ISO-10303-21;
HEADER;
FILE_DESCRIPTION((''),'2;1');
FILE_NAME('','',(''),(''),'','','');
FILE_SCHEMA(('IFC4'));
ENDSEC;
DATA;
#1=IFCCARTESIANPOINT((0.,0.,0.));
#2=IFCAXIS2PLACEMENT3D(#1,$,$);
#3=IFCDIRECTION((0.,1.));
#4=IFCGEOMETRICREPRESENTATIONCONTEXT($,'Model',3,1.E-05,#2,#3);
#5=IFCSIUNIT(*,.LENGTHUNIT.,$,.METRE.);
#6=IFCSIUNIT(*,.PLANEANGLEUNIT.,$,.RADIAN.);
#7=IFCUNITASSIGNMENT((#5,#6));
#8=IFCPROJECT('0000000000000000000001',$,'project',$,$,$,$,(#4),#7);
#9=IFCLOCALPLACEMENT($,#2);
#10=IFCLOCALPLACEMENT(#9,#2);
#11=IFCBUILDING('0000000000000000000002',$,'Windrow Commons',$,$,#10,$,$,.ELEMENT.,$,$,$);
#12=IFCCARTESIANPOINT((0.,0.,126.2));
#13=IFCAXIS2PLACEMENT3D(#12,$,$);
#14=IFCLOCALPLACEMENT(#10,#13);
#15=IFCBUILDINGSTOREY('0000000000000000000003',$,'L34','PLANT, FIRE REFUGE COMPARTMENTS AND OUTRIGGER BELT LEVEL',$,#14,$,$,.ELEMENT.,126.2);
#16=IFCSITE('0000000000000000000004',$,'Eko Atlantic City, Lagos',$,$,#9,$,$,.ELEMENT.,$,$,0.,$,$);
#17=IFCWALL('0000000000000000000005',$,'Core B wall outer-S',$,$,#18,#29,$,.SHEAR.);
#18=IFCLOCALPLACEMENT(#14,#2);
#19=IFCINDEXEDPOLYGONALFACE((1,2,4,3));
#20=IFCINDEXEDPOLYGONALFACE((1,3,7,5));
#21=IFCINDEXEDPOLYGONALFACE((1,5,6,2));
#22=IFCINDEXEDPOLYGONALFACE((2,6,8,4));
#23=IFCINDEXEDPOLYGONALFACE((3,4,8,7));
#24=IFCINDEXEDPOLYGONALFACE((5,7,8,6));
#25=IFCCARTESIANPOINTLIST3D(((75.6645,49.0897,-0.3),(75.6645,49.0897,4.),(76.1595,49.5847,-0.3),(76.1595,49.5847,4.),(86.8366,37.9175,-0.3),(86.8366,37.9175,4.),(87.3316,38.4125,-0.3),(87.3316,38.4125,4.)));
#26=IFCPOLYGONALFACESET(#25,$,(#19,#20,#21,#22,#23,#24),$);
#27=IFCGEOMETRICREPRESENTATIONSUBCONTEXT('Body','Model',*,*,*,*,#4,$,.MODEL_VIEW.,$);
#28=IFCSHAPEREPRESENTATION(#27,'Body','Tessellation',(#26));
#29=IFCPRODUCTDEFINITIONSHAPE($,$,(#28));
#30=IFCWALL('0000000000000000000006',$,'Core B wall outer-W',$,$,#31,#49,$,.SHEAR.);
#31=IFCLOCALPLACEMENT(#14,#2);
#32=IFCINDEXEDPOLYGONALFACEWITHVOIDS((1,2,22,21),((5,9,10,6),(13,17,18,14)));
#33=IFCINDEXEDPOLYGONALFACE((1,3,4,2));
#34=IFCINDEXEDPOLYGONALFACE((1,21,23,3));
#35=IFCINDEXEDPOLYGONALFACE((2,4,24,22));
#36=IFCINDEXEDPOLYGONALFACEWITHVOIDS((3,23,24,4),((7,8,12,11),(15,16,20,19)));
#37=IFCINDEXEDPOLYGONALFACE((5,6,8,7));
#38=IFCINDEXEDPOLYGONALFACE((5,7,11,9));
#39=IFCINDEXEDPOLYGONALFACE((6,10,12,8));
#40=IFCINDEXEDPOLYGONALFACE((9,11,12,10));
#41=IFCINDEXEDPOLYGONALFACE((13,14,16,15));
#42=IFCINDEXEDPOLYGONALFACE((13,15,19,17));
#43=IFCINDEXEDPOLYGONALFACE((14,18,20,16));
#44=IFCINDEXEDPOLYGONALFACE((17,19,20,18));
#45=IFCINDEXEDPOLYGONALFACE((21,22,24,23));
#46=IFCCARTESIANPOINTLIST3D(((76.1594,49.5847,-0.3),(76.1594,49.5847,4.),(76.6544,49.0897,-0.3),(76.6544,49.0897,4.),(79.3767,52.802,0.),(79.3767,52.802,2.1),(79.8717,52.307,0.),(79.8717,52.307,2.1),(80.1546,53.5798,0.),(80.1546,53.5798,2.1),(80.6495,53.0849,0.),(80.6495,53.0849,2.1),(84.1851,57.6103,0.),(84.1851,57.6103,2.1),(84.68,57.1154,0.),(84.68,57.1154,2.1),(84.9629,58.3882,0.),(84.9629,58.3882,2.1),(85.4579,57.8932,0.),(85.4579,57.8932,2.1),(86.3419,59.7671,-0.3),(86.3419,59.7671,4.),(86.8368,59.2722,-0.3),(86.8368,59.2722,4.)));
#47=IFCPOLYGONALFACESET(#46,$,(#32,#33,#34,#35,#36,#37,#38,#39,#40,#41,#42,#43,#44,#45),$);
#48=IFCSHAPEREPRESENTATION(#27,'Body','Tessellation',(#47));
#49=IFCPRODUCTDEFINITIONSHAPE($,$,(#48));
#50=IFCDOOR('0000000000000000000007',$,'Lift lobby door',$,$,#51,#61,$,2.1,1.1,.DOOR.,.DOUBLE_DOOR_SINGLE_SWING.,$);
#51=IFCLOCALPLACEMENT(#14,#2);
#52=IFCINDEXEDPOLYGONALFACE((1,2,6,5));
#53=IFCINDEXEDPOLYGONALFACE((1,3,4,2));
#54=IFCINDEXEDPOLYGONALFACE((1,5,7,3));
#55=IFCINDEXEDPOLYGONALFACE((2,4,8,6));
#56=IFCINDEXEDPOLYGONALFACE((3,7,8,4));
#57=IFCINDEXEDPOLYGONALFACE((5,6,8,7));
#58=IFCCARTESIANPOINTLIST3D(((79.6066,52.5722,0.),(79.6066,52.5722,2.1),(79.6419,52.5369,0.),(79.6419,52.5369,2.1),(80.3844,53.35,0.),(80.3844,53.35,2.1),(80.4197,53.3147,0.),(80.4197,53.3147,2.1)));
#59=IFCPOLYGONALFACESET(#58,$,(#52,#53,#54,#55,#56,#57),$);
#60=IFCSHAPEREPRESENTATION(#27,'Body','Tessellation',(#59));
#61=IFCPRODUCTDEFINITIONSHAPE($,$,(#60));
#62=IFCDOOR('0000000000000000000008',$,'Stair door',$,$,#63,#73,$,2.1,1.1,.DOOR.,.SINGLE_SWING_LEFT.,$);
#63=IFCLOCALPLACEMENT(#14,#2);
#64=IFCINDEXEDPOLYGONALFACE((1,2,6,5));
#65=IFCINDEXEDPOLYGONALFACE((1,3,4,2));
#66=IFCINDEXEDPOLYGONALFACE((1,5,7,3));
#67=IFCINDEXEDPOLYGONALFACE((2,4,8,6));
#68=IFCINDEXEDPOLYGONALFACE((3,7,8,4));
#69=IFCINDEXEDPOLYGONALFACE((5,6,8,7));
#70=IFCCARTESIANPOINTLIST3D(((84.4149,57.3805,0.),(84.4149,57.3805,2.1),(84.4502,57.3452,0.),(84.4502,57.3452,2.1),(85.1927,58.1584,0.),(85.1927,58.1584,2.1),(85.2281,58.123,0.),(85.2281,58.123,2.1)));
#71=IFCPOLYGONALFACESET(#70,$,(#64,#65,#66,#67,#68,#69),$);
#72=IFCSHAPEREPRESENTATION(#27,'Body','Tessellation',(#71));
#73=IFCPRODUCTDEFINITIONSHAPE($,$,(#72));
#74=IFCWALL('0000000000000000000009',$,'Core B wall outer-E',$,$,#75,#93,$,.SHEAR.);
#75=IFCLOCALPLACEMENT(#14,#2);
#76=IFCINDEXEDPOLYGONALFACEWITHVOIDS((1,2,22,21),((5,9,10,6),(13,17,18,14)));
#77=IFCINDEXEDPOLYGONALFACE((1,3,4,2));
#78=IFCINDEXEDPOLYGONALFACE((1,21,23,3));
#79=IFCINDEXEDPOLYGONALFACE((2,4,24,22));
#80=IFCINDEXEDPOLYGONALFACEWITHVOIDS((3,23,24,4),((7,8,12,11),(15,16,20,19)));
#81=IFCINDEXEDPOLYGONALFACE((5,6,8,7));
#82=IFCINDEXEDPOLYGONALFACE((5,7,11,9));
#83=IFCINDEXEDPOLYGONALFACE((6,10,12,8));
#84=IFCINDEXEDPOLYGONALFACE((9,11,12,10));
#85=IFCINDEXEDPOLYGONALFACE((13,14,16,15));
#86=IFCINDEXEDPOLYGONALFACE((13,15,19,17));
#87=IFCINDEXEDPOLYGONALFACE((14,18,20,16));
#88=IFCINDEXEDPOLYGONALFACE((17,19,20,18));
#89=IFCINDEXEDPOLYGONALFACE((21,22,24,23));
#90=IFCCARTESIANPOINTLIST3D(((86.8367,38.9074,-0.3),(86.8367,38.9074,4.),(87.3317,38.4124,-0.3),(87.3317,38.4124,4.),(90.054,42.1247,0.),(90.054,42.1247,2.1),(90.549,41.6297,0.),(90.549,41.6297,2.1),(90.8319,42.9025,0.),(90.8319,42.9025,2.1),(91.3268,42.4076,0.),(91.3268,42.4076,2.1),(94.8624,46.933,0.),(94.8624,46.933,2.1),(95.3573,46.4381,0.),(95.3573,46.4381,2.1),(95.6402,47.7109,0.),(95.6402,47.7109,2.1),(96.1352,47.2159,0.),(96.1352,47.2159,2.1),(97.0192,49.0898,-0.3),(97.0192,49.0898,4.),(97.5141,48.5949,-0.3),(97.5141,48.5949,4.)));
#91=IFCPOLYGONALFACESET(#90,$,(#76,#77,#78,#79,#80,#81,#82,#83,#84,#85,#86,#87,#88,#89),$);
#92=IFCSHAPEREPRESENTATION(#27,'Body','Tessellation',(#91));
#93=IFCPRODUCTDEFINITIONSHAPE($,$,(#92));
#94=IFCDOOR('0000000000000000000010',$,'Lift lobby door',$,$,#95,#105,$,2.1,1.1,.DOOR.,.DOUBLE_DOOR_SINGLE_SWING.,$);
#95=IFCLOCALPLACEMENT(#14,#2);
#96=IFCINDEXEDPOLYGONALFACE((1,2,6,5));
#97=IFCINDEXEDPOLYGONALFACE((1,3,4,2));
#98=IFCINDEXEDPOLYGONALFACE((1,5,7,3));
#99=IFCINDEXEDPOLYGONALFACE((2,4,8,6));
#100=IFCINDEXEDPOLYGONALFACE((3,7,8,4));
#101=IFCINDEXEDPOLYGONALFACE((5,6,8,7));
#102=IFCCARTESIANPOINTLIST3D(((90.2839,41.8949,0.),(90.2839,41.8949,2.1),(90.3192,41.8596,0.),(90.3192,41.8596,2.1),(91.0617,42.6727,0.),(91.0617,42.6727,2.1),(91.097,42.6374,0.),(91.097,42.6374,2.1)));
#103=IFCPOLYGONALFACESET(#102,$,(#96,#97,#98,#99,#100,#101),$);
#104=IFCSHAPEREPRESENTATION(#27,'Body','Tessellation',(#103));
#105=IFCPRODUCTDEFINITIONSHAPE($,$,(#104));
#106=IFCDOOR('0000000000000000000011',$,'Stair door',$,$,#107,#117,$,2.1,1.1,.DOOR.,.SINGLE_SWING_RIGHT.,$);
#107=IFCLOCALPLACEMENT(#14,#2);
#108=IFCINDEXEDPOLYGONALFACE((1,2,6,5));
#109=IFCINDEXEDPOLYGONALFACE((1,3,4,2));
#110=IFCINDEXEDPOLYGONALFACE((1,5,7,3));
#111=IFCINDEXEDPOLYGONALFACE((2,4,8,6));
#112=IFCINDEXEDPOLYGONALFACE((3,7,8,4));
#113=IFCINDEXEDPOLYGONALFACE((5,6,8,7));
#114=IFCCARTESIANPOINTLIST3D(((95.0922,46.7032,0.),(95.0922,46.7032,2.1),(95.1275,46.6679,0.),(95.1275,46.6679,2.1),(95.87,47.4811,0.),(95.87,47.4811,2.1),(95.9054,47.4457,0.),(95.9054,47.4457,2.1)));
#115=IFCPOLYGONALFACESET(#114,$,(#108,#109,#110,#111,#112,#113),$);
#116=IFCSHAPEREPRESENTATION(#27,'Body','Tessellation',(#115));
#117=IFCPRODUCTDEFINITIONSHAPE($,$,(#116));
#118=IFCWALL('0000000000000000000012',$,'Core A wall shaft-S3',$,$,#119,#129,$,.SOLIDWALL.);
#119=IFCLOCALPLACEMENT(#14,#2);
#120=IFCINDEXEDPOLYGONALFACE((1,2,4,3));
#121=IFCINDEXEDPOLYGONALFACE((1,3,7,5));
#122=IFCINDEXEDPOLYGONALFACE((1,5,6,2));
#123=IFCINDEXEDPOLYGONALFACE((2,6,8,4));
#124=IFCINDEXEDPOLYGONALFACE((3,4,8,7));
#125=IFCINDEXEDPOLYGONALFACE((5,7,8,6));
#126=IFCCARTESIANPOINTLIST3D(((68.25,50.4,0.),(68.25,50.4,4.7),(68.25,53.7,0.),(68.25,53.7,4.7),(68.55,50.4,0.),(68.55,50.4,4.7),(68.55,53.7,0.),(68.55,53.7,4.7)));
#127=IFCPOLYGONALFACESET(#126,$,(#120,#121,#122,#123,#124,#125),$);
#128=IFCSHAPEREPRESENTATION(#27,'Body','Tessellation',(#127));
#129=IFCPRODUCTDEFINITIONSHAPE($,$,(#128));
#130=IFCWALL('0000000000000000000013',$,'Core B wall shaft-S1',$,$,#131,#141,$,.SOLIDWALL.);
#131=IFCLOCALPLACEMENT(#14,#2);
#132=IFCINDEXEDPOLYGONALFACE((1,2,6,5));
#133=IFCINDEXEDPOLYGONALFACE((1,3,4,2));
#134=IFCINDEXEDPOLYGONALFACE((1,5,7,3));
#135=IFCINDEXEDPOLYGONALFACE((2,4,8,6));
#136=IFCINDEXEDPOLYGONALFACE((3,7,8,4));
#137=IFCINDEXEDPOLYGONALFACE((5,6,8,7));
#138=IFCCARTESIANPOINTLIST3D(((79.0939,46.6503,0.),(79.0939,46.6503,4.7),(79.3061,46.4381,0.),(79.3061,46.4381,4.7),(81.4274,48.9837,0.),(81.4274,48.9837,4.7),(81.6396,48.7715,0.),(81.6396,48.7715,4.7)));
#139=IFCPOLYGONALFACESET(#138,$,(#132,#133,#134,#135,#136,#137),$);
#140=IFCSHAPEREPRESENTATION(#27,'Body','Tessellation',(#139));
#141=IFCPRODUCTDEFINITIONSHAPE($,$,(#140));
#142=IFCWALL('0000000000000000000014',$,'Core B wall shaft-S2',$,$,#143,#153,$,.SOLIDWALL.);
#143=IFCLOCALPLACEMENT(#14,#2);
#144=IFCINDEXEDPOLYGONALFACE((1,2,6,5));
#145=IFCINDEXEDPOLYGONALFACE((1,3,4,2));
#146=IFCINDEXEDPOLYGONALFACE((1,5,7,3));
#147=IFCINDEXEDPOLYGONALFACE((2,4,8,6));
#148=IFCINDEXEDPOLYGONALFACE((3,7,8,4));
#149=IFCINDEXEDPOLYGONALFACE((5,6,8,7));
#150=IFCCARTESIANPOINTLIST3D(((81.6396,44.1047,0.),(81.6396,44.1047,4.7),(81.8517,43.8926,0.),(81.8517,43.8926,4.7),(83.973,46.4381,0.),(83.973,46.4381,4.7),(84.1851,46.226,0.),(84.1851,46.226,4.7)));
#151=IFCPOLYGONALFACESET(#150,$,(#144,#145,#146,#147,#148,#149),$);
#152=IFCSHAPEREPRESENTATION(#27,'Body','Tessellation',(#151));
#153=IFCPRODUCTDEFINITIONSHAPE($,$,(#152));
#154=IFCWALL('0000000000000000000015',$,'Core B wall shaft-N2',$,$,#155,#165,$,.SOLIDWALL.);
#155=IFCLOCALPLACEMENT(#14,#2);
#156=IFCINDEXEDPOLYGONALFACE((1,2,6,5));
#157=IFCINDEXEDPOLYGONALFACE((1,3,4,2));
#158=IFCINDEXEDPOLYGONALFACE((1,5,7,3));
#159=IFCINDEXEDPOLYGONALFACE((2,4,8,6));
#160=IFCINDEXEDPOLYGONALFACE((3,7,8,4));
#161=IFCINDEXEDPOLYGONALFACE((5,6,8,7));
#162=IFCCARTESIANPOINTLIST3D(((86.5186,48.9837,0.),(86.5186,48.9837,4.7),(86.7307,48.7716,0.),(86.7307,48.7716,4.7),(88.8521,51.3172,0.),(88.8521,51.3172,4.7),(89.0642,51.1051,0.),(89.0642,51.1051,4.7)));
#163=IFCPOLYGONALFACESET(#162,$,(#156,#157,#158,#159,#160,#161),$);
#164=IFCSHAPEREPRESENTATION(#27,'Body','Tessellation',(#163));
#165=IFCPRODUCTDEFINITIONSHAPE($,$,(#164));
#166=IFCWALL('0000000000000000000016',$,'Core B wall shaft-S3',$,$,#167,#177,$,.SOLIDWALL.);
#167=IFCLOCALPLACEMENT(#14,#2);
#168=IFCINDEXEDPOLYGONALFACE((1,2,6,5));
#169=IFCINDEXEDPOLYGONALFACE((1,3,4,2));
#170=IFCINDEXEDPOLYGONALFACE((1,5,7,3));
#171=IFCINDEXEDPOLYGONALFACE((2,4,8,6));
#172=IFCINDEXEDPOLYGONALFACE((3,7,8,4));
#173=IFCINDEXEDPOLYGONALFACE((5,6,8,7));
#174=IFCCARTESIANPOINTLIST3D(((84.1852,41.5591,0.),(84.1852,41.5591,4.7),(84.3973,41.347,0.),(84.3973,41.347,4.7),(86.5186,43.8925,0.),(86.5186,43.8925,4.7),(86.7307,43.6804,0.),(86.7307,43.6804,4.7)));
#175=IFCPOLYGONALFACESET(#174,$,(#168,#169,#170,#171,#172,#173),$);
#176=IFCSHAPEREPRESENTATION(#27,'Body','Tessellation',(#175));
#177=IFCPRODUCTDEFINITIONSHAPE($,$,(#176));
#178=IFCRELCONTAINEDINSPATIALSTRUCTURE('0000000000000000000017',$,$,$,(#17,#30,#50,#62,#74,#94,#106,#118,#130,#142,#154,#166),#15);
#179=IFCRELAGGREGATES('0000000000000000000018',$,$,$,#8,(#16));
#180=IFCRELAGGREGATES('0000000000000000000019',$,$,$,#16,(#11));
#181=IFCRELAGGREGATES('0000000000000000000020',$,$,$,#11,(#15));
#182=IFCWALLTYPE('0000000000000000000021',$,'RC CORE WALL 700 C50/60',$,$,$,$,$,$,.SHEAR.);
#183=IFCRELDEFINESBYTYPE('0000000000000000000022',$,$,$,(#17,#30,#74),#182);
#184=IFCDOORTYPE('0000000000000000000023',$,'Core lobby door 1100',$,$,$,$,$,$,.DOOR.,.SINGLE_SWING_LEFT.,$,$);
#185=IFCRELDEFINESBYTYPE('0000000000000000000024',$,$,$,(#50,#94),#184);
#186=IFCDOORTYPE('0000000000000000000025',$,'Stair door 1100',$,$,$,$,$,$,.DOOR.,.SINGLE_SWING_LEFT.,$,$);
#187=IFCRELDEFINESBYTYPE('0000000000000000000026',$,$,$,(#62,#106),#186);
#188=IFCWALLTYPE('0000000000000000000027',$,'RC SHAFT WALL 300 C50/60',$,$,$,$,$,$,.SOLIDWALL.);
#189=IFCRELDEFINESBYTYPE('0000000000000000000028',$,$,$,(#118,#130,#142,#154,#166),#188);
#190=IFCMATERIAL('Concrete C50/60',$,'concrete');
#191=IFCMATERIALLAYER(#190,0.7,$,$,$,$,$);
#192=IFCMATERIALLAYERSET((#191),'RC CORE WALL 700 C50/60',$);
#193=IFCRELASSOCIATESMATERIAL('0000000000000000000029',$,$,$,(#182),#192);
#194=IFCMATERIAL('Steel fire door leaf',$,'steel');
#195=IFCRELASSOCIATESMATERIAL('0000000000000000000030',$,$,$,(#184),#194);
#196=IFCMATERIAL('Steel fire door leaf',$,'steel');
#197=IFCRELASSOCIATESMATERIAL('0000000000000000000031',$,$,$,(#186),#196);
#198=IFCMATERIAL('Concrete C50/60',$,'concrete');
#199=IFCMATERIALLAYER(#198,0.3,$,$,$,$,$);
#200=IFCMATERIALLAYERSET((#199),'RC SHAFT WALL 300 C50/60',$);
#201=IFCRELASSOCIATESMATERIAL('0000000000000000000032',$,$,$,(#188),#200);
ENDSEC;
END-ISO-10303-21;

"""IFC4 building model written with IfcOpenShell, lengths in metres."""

from ifc_helpers import new_model, si_unit, direction, frame, frame_2d, origin, place, context, subcontext, project, spatial, rectangle, extrude, material, layer, layer_set, type_object, element, fill, save


model = new_model("IFC4")

# Units and contexts
model_context = context("Model", 3, precision=1e-05, world=origin(), true_north=direction((0.0, 1.0)))
body_context = subcontext(model_context, "Body", "Model", "MODEL_VIEW")
ifc_project = project(units=[si_unit("LENGTHUNIT", "METRE"), si_unit("PLANEANGLEUNIT", "RADIAN")], contexts=[model_context])

# Site, building, storey
site_placement = place(None, origin())
site = spatial("IfcSite", under=ifc_project, at=site_placement, Name="Eko Atlantic City, Lagos", CompositionType="ELEMENT", RefElevation=0.0)
building_placement = place(site_placement, origin())
building = spatial("IfcBuilding", under=site, at=building_placement, Name="Windrow Commons", CompositionType="ELEMENT")
storey_placement = place(building_placement, frame((0.0, 0.0, 126.2)))
storey = spatial("IfcBuildingStorey", under=building, at=storey_placement, Name="L34", Description="PLANT, FIRE REFUGE COMPARTMENTS AND OUTRIGGER BELT LEVEL", CompositionType="ELEMENT", Elevation=126.2)

# Wall
ifc_material_1 = material(Name="Concrete C50/60", Category="concrete")
ifc_layer_1 = layer(ifc_material_1, 0.7)
ifc_layer_set_1 = layer_set([ifc_layer_1], Name="RC CORE WALL 700 C50/60")
wall_type_1 = type_object("IfcWallType", Name="RC CORE WALL 700 C50/60", PredefinedType="SHEAR", material=ifc_layer_set_1)
wall_1_placement = place(storey_placement, frame((75.912, 49.3372, -0.3), z_axis=(0.0, 0.0, 1.0), x_axis=(0.707104, -0.70711, 0.0)))
element("IfcWall", 1, at=wall_1_placement, inside=storey, type_object=wall_type_1, Name="Core B wall outer-S", PredefinedType="SHEAR", context=body_context, shape_type="SweptSolid", body=[
    extrude(rectangle(XDim=15.7999, YDim=0.7, at=frame_2d((7.8999, 0.0))), origin(), (0.0, 0.0, 1.0), 4.3),
])

# Walls, openings, doors
wall_2_placement = place(storey_placement, frame((76.4069, 49.3372, -0.3), z_axis=(0.0, 0.0, 1.0), x_axis=(0.707107, 0.707107, 0.0)))
wall_2 = element("IfcWall", 2, at=wall_2_placement, inside=storey, type_object=wall_type_1, Name="Core B wall outer-W", PredefinedType="SHEAR", context=body_context, shape_type="SweptSolid", body=[
    extrude(rectangle(XDim=14.4001, YDim=0.7, at=frame_2d((7.2001, 0.0))), origin(), (0.0, 0.0, 1.0), 4.3),
])
opening_1_placement = place(wall_2_placement, frame((4.55, 0.0, 0.3)))
opening_1 = element("IfcOpeningElement", 3, at=opening_1_placement, cuts=wall_2, PredefinedType="OPENING", context=body_context, shape_type="SweptSolid", body=[
    extrude(rectangle(XDim=1.1, YDim=2.1, at=frame_2d((0.55, 1.05))), frame((0.0, 0.36, 0.0), z_axis=(0.0, -1.0, 0.0), x_axis=(1.0, 0.0, 0.0)), (0.0, 0.0, 1.0), 0.72),
])
opening_2_placement = place(wall_2_placement, frame((11.35, 0.0, 0.3)))
opening_2 = element("IfcOpeningElement", 4, at=opening_2_placement, cuts=wall_2, PredefinedType="OPENING", context=body_context, shape_type="SweptSolid", body=[
    extrude(rectangle(XDim=1.1, YDim=2.1, at=frame_2d((0.55, 1.05))), frame((0.0, 0.36, 0.0), z_axis=(0.0, -1.0, 0.0), x_axis=(1.0, 0.0, 0.0)), (0.0, 0.0, 1.0), 0.72),
])
ifc_material_2 = material(Name="Steel fire door leaf", Category="steel")
door_type_1 = type_object("IfcDoorType", Name="Core lobby door 1100", OperationType="SINGLE_SWING_LEFT", PredefinedType="DOOR", material=ifc_material_2)
door_1_placement = place(opening_1_placement, origin())
door_1 = element("IfcDoor", 5, at=door_1_placement, inside=storey, type_object=door_type_1, Name="Lift lobby door", OperationType="DOUBLE_DOOR_SINGLE_SWING", OverallHeight=2.1, OverallWidth=1.1, PredefinedType="DOOR", context=body_context, shape_type="SweptSolid", body=[
    extrude(rectangle(XDim=1.1, YDim=2.1, at=frame_2d((0.55, 1.05))), frame((0.0, 0.025, 0.0), z_axis=(0.0, -1.0, 0.0), x_axis=(1.0, 0.0, 0.0)), (0.0, 0.0, 1.0), 0.05),
])
fill(opening_1, door_1)
ifc_material_3 = material(Name="Steel fire door leaf", Category="steel")
door_type_2 = type_object("IfcDoorType", Name="Stair door 1100", OperationType="SINGLE_SWING_LEFT", PredefinedType="DOOR", material=ifc_material_3)
door_2_placement = place(opening_2_placement, origin())
door_2 = element("IfcDoor", 6, at=door_2_placement, inside=storey, type_object=door_type_2, Name="Stair door", OperationType="SINGLE_SWING_LEFT", OverallHeight=2.1, OverallWidth=1.1, PredefinedType="DOOR", context=body_context, shape_type="SweptSolid", body=[
    extrude(rectangle(XDim=1.1, YDim=2.1, at=frame_2d((0.55, 1.05))), frame((0.0, 0.025, 0.0), z_axis=(0.0, -1.0, 0.0), x_axis=(1.0, 0.0, 0.0)), (0.0, 0.0, 1.0), 0.05),
])
fill(opening_2, door_2)
wall_3_placement = place(storey_placement, frame((87.0842, 38.6599, -0.3), z_axis=(0.0, 0.0, 1.0), x_axis=(0.707107, 0.707107, 0.0)))
wall_3 = element("IfcWall", 7, at=wall_3_placement, inside=storey, type_object=wall_type_1, Name="Core B wall outer-E", PredefinedType="SHEAR", context=body_context, shape_type="SweptSolid", body=[
    extrude(rectangle(XDim=14.4001, YDim=0.7, at=frame_2d((7.2001, 0.0))), origin(), (0.0, 0.0, 1.0), 4.3),
])
opening_3_placement = place(wall_3_placement, frame((4.55, 0.0, 0.3)))
opening_3 = element("IfcOpeningElement", 8, at=opening_3_placement, cuts=wall_3, PredefinedType="OPENING", context=body_context, shape_type="SweptSolid", body=[
    extrude(rectangle(XDim=1.1, YDim=2.1, at=frame_2d((0.55, 1.05))), frame((0.0, 0.36, 0.0), z_axis=(0.0, -1.0, 0.0), x_axis=(1.0, 0.0, 0.0)), (0.0, 0.0, 1.0), 0.72),
])
opening_4_placement = place(wall_3_placement, frame((11.35, 0.0, 0.3)))
opening_4 = element("IfcOpeningElement", 9, at=opening_4_placement, cuts=wall_3, PredefinedType="OPENING", context=body_context, shape_type="SweptSolid", body=[
    extrude(rectangle(XDim=1.1, YDim=2.1, at=frame_2d((0.55, 1.05))), frame((0.0, 0.36, 0.0), z_axis=(0.0, -1.0, 0.0), x_axis=(1.0, 0.0, 0.0)), (0.0, 0.0, 1.0), 0.72),
])
door_3_placement = place(opening_3_placement, origin())
door_3 = element("IfcDoor", 10, at=door_3_placement, inside=storey, type_object=door_type_1, Name="Lift lobby door", OperationType="DOUBLE_DOOR_SINGLE_SWING", OverallHeight=2.1, OverallWidth=1.1, PredefinedType="DOOR", context=body_context, shape_type="SweptSolid", body=[
    extrude(rectangle(XDim=1.1, YDim=2.1, at=frame_2d((0.55, 1.05))), frame((0.0, 0.025, 0.0), z_axis=(0.0, -1.0, 0.0), x_axis=(1.0, 0.0, 0.0)), (0.0, 0.0, 1.0), 0.05),
])
fill(opening_3, door_3)
door_4_placement = place(opening_4_placement, origin())
door_4 = element("IfcDoor", 11, at=door_4_placement, inside=storey, type_object=door_type_2, Name="Stair door", OperationType="SINGLE_SWING_RIGHT", OverallHeight=2.1, OverallWidth=1.1, PredefinedType="DOOR", context=body_context, shape_type="SweptSolid", body=[
    extrude(rectangle(XDim=1.1, YDim=2.1, at=frame_2d((0.55, 1.05))), frame((0.0, 0.025, 0.0), z_axis=(0.0, -1.0, 0.0), x_axis=(1.0, 0.0, 0.0)), (0.0, 0.0, 1.0), 0.05),
])
fill(opening_4, door_4)

# Walls
ifc_material_4 = material(Name="Concrete C50/60", Category="concrete")
ifc_layer_2 = layer(ifc_material_4, 0.3)
ifc_layer_set_2 = layer_set([ifc_layer_2], Name="RC SHAFT WALL 300 C50/60")
wall_type_2 = type_object("IfcWallType", Name="RC SHAFT WALL 300 C50/60", PredefinedType="SOLIDWALL", material=ifc_layer_set_2)
for number, where, z_axis, x_axis, name in (
    (12, (68.4, 50.4, 0.0), (0.0, 0.0, 1.0), (0.0, 1.0, 0.0), "Core A wall shaft-S3"),
    (13, (79.2, 46.5442, 0.0), (0.0, 0.0, 1.0), (0.707122, 0.707092, 0.0), "Core B wall shaft-S1"),
):
    element("IfcWall", number, at=place(storey_placement, frame(where, z_axis=z_axis, x_axis=x_axis)), inside=storey, type_object=wall_type_2, Name=name, PredefinedType="SOLIDWALL", context=body_context, shape_type="SweptSolid", body=[
        extrude(rectangle(XDim=3.3, YDim=0.3, at=frame_2d((1.65, 0.0))), origin(), (0.0, 0.0, 1.0), 4.7),
    ])
wall_4_placement = place(storey_placement, frame((81.7456, 43.9986, 0.0), z_axis=(0.0, 0.0, 1.0), x_axis=(0.707107, 0.707107, 0.0)))
element("IfcWall", 14, at=wall_4_placement, inside=storey, type_object=wall_type_2, Name="Core B wall shaft-S2", PredefinedType="SOLIDWALL", context=body_context, shape_type="SweptSolid", body=[
    extrude(rectangle(XDim=3.2999, YDim=0.3, at=frame_2d((1.65, 0.0))), origin(), (0.0, 0.0, 1.0), 4.7),
])
wall_5_placement = place(storey_placement, frame((86.6246, 48.8776, 0.0), z_axis=(0.0, 0.0, 1.0), x_axis=(0.707107, 0.707107, 0.0)))
element("IfcWall", 15, at=wall_5_placement, inside=storey, type_object=wall_type_2, Name="Core B wall shaft-N2", PredefinedType="SOLIDWALL", context=body_context, shape_type="SweptSolid", body=[
    extrude(rectangle(XDim=3.3001, YDim=0.3, at=frame_2d((1.6501, 0.0))), origin(), (0.0, 0.0, 1.0), 4.7),
])
wall_6_placement = place(storey_placement, frame((84.2912, 41.453, 0.0), z_axis=(0.0, 0.0, 1.0), x_axis=(0.707107, 0.707107, 0.0)))
element("IfcWall", 16, at=wall_6_placement, inside=storey, type_object=wall_type_2, Name="Core B wall shaft-S3", PredefinedType="SOLIDWALL", context=body_context, shape_type="SweptSolid", body=[
    extrude(rectangle(XDim=3.2999, YDim=0.3, at=frame_2d((1.65, 0.0))), origin(), (0.0, 0.0, 1.0), 4.7),
])

save(model, "model.ifc")
